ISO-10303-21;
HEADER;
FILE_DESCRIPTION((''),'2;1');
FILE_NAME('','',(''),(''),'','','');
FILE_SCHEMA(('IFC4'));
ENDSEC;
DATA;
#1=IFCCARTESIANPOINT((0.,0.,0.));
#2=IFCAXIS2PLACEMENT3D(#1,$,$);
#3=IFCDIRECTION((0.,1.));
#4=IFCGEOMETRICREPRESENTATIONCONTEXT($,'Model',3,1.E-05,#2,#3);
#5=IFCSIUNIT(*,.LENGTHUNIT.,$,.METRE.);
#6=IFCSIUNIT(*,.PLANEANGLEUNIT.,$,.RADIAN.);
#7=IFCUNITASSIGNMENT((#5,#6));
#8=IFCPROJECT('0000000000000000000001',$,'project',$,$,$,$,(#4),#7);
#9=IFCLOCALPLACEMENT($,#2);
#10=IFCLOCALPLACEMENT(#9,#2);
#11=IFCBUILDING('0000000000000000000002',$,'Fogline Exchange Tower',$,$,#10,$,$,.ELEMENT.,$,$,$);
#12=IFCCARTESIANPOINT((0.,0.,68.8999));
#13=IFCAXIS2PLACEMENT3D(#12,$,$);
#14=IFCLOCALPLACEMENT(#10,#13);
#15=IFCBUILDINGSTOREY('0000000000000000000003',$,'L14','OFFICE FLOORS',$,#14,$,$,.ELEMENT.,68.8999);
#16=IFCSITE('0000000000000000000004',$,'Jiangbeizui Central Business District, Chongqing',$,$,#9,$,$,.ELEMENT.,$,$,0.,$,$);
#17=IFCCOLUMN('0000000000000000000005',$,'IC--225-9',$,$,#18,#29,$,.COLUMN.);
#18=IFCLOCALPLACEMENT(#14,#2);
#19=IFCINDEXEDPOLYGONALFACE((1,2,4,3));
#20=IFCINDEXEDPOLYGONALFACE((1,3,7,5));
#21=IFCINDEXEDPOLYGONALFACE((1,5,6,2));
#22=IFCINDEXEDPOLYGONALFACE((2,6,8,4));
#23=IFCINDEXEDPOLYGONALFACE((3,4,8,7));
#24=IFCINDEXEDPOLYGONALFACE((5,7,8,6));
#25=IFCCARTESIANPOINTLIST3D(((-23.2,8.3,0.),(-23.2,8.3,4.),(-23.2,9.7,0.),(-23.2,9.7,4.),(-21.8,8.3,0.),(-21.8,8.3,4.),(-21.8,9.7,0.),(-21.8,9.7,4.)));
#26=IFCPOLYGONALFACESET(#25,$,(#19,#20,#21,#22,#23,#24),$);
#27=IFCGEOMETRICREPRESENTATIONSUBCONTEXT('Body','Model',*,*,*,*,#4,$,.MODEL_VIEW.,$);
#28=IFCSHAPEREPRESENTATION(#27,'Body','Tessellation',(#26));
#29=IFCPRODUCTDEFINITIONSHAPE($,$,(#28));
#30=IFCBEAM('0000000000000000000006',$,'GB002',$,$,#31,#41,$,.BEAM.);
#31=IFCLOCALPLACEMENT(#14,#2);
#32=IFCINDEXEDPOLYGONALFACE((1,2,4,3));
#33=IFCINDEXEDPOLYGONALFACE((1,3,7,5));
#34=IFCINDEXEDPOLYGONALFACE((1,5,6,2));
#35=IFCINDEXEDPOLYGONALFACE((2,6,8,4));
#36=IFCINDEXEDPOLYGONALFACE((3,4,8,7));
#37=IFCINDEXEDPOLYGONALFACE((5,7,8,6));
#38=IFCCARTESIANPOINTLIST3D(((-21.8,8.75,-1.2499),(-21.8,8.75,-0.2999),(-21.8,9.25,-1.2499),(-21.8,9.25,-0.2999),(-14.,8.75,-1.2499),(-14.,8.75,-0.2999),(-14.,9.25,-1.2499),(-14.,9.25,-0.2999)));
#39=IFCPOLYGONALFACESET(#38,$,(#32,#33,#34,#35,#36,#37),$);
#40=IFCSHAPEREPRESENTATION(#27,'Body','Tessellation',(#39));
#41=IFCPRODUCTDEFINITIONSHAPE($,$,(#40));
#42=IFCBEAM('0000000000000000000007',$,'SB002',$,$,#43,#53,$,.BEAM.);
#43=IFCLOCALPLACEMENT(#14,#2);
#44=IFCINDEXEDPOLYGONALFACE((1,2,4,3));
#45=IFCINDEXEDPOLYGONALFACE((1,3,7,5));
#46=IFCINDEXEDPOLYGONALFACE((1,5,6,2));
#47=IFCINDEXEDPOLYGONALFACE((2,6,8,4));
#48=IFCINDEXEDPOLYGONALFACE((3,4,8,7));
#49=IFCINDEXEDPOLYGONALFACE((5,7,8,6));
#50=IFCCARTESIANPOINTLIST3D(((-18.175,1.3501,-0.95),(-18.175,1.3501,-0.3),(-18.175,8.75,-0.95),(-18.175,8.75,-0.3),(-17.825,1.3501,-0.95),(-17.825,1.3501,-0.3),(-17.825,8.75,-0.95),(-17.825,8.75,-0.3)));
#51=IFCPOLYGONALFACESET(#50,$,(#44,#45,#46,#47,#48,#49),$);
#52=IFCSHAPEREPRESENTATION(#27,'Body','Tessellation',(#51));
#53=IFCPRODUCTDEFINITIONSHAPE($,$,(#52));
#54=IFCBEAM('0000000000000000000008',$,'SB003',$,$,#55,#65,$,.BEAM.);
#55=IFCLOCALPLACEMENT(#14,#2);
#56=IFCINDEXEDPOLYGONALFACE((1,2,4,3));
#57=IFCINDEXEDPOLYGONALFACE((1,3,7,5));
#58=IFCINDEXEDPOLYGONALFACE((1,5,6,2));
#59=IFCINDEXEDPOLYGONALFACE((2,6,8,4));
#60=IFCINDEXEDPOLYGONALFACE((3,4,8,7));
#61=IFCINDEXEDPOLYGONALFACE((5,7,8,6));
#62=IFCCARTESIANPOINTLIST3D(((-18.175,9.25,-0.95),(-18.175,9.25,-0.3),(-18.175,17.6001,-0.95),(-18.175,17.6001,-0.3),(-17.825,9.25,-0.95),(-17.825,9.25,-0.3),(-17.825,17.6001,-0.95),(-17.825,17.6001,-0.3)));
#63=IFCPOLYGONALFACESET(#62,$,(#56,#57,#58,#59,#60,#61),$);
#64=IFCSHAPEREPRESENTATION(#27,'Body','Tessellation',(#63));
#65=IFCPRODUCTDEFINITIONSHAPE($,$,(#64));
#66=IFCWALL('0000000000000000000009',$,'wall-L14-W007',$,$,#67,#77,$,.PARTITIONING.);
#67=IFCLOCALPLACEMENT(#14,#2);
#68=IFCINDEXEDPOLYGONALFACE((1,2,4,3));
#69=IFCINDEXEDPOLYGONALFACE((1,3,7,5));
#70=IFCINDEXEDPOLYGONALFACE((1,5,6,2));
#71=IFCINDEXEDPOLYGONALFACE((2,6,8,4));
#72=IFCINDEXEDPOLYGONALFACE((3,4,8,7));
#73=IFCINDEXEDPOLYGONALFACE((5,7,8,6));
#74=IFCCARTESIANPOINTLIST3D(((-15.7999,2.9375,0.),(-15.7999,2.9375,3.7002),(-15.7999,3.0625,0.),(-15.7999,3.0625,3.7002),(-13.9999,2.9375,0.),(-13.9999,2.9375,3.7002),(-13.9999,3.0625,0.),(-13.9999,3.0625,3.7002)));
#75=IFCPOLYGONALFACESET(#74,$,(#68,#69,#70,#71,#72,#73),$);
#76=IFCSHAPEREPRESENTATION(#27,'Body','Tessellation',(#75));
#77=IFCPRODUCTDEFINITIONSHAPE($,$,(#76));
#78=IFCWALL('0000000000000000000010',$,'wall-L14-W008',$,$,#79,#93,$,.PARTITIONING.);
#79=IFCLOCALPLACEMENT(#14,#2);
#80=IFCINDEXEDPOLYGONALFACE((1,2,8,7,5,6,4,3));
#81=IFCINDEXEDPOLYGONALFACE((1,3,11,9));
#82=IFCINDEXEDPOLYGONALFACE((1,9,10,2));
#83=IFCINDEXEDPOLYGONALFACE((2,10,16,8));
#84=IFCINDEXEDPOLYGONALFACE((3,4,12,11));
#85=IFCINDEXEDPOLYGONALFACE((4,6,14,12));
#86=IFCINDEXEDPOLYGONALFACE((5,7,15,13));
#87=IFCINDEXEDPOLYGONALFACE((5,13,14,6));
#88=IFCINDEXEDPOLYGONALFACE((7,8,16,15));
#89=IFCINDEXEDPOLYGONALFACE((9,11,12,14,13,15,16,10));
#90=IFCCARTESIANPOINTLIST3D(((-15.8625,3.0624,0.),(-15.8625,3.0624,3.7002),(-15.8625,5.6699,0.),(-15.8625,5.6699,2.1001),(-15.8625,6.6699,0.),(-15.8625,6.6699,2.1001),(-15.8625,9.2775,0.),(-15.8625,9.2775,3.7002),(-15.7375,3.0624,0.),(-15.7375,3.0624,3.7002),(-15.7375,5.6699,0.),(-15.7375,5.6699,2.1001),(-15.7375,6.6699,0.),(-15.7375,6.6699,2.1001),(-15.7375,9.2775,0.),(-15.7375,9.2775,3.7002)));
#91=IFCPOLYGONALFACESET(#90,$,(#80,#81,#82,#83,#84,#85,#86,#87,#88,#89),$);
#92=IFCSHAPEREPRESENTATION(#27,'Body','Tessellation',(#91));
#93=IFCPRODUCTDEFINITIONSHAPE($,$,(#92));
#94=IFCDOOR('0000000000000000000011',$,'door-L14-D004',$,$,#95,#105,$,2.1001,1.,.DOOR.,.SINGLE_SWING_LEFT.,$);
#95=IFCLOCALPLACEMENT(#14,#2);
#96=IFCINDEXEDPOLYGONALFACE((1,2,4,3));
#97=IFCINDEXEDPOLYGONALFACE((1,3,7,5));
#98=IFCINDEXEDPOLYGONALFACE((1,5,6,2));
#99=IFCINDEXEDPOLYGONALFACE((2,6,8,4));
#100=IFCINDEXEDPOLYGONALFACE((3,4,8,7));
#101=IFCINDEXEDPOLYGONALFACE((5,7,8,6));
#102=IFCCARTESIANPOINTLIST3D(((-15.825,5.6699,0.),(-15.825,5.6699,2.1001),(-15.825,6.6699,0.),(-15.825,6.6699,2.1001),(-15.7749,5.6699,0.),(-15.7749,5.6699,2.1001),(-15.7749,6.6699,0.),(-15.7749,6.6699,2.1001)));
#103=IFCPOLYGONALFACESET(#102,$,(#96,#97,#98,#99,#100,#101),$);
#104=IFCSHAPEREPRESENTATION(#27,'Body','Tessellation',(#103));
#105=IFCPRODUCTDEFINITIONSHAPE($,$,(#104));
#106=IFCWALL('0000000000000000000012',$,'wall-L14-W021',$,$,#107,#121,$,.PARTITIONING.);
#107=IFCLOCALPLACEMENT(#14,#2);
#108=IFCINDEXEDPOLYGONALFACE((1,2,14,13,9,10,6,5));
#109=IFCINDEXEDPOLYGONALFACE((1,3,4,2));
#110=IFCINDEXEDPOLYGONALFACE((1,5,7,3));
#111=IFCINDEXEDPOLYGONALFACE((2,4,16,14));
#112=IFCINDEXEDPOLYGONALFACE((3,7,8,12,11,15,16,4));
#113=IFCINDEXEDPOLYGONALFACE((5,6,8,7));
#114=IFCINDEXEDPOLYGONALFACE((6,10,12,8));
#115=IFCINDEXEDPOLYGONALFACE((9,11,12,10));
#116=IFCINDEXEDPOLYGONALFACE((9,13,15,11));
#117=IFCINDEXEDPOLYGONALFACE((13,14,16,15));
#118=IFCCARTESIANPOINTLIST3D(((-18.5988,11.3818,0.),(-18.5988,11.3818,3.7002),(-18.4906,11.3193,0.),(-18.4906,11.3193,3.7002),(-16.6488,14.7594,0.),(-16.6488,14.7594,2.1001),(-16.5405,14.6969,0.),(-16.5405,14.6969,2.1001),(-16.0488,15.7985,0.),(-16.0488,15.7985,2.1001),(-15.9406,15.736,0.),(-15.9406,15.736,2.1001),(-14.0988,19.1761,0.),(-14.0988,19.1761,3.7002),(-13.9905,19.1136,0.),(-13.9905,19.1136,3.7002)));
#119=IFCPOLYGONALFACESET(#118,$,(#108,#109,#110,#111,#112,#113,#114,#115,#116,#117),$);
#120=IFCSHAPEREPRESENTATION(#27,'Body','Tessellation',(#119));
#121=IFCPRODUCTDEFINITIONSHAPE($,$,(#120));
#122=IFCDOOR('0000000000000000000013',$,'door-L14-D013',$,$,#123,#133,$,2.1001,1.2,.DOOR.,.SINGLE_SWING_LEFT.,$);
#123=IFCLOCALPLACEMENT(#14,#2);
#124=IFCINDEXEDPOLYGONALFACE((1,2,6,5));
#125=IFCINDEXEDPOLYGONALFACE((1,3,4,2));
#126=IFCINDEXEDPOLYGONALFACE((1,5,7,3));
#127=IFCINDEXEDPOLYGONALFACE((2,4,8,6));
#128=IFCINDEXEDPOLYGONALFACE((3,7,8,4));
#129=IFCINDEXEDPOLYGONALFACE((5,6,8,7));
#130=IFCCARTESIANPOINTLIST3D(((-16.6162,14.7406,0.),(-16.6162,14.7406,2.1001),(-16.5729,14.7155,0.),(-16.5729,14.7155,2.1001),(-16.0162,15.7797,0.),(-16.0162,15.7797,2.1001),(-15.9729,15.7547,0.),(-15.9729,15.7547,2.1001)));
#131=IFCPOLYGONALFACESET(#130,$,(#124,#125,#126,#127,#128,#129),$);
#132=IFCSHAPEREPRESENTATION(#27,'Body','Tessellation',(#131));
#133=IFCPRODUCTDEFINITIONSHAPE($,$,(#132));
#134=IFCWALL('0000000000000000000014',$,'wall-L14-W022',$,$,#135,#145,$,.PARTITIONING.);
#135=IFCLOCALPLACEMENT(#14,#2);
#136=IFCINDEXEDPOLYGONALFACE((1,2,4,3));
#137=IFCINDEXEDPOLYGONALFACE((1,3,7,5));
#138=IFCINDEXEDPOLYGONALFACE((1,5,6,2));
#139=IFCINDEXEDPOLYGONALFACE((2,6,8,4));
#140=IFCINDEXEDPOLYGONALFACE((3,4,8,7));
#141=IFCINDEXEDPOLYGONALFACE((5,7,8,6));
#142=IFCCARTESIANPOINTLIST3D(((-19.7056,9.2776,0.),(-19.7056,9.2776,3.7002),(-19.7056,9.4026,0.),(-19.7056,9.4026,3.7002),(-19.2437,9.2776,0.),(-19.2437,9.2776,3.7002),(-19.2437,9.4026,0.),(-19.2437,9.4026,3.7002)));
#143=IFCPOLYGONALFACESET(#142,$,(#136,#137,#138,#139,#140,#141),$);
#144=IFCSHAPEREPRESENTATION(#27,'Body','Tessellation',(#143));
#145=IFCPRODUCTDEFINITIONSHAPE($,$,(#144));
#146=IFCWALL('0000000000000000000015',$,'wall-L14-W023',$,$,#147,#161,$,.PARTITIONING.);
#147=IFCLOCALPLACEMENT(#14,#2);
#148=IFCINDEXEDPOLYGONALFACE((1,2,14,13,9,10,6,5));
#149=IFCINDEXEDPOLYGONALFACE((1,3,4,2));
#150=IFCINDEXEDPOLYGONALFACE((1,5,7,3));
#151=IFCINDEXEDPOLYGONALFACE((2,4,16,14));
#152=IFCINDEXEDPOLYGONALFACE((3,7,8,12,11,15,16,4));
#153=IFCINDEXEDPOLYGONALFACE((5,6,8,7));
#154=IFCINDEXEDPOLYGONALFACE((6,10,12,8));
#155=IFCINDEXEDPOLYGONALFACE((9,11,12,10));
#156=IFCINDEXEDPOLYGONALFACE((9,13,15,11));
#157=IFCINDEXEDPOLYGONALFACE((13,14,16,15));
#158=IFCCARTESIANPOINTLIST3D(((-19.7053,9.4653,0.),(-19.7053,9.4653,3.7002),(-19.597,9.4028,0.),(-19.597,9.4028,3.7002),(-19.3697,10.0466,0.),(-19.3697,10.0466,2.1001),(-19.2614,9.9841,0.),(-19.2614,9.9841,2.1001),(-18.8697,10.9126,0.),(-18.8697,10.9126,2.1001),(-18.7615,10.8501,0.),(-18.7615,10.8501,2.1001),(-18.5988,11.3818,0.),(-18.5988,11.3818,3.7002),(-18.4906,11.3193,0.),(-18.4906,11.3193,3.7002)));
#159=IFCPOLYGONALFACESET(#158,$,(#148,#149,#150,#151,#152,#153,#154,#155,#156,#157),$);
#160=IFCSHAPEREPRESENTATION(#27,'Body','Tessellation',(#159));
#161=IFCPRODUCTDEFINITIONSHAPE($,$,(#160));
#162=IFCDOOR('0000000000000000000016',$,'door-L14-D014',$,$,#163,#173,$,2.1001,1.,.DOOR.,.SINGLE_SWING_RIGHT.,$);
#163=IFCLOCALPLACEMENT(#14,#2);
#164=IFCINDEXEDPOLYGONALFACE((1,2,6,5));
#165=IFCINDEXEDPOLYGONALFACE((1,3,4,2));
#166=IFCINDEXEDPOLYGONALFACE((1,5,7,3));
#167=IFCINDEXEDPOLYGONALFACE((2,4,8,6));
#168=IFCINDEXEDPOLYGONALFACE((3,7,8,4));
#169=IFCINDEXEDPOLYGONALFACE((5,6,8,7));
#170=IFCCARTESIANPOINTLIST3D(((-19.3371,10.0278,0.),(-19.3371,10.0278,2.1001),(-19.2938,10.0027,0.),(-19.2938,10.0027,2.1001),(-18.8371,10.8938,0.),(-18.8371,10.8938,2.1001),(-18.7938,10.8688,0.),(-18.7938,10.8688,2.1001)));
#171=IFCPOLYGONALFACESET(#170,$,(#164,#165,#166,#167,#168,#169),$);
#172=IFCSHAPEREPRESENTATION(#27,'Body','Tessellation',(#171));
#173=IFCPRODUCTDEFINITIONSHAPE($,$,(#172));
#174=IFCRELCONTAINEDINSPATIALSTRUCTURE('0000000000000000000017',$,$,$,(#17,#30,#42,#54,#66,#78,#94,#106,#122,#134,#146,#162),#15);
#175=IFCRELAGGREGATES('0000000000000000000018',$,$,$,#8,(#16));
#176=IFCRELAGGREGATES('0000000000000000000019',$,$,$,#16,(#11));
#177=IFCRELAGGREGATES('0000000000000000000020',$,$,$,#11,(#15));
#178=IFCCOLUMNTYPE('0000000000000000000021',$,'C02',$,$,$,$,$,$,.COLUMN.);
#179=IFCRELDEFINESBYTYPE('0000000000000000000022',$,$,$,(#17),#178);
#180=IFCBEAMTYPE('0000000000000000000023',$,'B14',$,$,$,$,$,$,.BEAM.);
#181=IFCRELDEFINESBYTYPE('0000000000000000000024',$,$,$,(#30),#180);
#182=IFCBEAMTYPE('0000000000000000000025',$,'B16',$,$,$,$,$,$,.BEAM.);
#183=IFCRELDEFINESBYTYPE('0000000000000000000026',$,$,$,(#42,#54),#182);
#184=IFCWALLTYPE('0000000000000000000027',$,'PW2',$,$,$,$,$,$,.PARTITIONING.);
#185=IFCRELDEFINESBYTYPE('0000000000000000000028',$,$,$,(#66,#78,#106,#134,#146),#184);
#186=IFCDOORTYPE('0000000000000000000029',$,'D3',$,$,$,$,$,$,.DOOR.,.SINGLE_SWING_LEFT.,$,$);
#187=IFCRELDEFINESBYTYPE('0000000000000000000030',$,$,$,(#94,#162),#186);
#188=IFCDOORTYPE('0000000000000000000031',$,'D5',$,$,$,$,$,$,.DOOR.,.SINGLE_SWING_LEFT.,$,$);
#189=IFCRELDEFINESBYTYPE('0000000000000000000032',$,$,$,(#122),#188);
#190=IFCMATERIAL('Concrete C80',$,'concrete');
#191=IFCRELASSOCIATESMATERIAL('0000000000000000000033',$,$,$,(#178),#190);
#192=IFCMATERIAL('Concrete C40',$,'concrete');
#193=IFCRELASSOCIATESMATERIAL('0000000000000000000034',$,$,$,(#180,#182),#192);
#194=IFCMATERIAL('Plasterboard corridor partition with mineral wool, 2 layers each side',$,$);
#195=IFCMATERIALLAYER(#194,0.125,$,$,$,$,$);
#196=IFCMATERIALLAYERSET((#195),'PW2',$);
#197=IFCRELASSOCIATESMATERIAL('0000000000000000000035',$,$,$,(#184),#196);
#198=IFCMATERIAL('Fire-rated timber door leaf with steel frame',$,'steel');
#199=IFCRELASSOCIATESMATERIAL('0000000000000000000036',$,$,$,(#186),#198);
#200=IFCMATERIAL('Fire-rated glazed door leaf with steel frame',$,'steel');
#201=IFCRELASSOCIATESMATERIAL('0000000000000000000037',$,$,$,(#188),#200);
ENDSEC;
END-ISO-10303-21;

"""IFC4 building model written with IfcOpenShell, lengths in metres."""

from ifc_helpers import new_model, si_unit, direction, frame, frame_2d, origin, origin_2d, place, context, subcontext, project, spatial, rectangle, extrude, material, layer, layer_set, material_profile, profile_set, type_object, element, fill, save


model = new_model("IFC4")

# Units and contexts
model_context = context("Model", 3, precision=1e-05, world=origin(), true_north=direction((0.0, 1.0)))
body_context = subcontext(model_context, "Body", "Model", "MODEL_VIEW")
ifc_project = project(units=[si_unit("LENGTHUNIT", "METRE"), si_unit("PLANEANGLEUNIT", "RADIAN")], contexts=[model_context])

# Site, building, storey
site_placement = place(None, origin())
site = spatial("IfcSite", under=ifc_project, at=site_placement, Name="Jiangbeizui Central Business District, Chongqing", CompositionType="ELEMENT", RefElevation=0.0)
building_placement = place(site_placement, origin())
building = spatial("IfcBuilding", under=site, at=building_placement, Name="Fogline Exchange Tower", CompositionType="ELEMENT")
storey_placement = place(building_placement, frame((0.0, 0.0, 68.8999)))
storey = spatial("IfcBuildingStorey", under=building, at=storey_placement, Name="L14", Description="OFFICE FLOORS", CompositionType="ELEMENT", Elevation=68.8999)

# Column
ifc_material_1 = material(Name="Concrete C80", Category="concrete")
ifc_material_profile_1 = material_profile(ifc_material_1, rectangle(XDim=1.3999, YDim=1.3999, at=origin_2d()), Name="RC 1400x1400")
ifc_profile_set_1 = profile_set([ifc_material_profile_1], Name="Concrete C80")
column_type = type_object("IfcColumnType", Name="C02", PredefinedType="COLUMN", material=ifc_profile_set_1)
column_placement = place(storey_placement, frame((-22.5, 9.0, 0.0), z_axis=(0.0, 0.0, 1.0), x_axis=(1.0, 0.0, 0.0)))
element("IfcColumn", 1, at=column_placement, inside=storey, type_object=column_type, Name="IC--225-9", PredefinedType="COLUMN", context=body_context, shape_type="SweptSolid", body=[
    extrude(rectangle(XDim=1.3999, YDim=1.3999, at=origin_2d()), origin(), (0.0, 0.0, 1.0), 4.0),
])

# Beams
ifc_material_2 = material(Name="Concrete C40", Category="concrete")
ifc_material_profile_2 = material_profile(ifc_material_2, rectangle(XDim=0.5, YDim=0.95, at=origin_2d()), Name="RC 500x950")
ifc_profile_set_2 = profile_set([ifc_material_profile_2], Name="Concrete C40")
beam_type_1 = type_object("IfcBeamType", Name="B14", PredefinedType="BEAM", material=ifc_profile_set_2)
beam_1_placement = place(storey_placement, frame((-21.8, 9.0, -0.7749), z_axis=(1.0, 0.0, 0.0), x_axis=(0.0, 1.0, 0.0)))
element("IfcBeam", 2, at=beam_1_placement, inside=storey, type_object=beam_type_1, Name="GB002", PredefinedType="BEAM", context=body_context, shape_type="SweptSolid", body=[
    extrude(rectangle(XDim=0.5, YDim=0.95, at=origin_2d()), origin(), (0.0, 0.0, 1.0), 7.8),
])
ifc_material_profile_3 = material_profile(ifc_material_2, rectangle(XDim=0.3501, YDim=0.6499, at=origin_2d()), Name="RC 350x650")
ifc_profile_set_3 = profile_set([ifc_material_profile_3], Name="Concrete C40")
beam_type_2 = type_object("IfcBeamType", Name="B16", PredefinedType="BEAM", material=ifc_profile_set_3)
beam_2_placement = place(storey_placement, frame((-18.0, 1.3501, -0.625), z_axis=(0.0, 1.0, 0.0), x_axis=(-1.0, 0.0, 0.0)))
element("IfcBeam", 3, at=beam_2_placement, inside=storey, type_object=beam_type_2, Name="SB002", PredefinedType="BEAM", context=body_context, shape_type="SweptSolid", body=[
    extrude(rectangle(XDim=0.3501, YDim=0.6499, at=origin_2d()), origin(), (0.0, 0.0, 1.0), 7.3999),
])
beam_3_placement = place(storey_placement, frame((-18.0, 9.25, -0.625), z_axis=(0.0, 1.0, 0.0), x_axis=(-1.0, 0.0, 0.0)))
element("IfcBeam", 4, at=beam_3_placement, inside=storey, type_object=beam_type_2, Name="SB003", PredefinedType="BEAM", context=body_context, shape_type="SweptSolid", body=[
    extrude(rectangle(XDim=0.3501, YDim=0.6499, at=origin_2d()), origin(), (0.0, 0.0, 1.0), 8.3501),
])

# Wall
ifc_material_3 = material(Name="Plasterboard corridor partition with mineral wool, 2 layers each side")
ifc_layer_1 = layer(ifc_material_3, 0.125)
ifc_layer_set_1 = layer_set([ifc_layer_1], Name="PW2")
wall_type_1 = type_object("IfcWallType", Name="PW2", PredefinedType="PARTITIONING", material=ifc_layer_set_1)
wall_1_placement = place(storey_placement, frame((-14.0, 3.0, 0.0), z_axis=(0.0, 0.0, 1.0), x_axis=(-1.0, 0.0, 0.0)))
element("IfcWall", 5, at=wall_1_placement, inside=storey, type_object=wall_type_1, Name="wall-L14-W007", PredefinedType="PARTITIONING", context=body_context, shape_type="SweptSolid", body=[
    extrude(rectangle(XDim=1.8, YDim=0.125, at=frame_2d((0.8999, 0.0))), origin(), (0.0, 0.0, 1.0), 3.7002),
])

# Walls, openings, doors
wall_2_placement = place(storey_placement, frame((-15.8, 3.0625, 0.0), z_axis=(0.0, 0.0, 1.0), x_axis=(0.0, 1.0, 0.0)))
wall_2 = element("IfcWall", 6, at=wall_2_placement, inside=storey, type_object=wall_type_1, Name="wall-L14-W008", PredefinedType="PARTITIONING", context=body_context, shape_type="SweptSolid", body=[
    extrude(rectangle(XDim=6.2151, YDim=0.125, at=frame_2d((3.1074, 0.0))), origin(), (0.0, 0.0, 1.0), 3.7002),
])
opening_1_placement = place(wall_2_placement, frame((2.6074, 0.0, 0.0)))
opening_1 = element("IfcOpeningElement", 7, at=opening_1_placement, cuts=wall_2, PredefinedType="OPENING", context=body_context, shape_type="SweptSolid", body=[
    extrude(rectangle(XDim=1.0, YDim=2.1001, at=frame_2d((0.5, 1.05))), frame((0.0, 0.0725, 0.0), z_axis=(0.0, -1.0, 0.0), x_axis=(1.0, 0.0, 0.0)), (0.0, 0.0, 1.0), 0.145),
])
ifc_material_4 = material(Name="Fire-rated timber door leaf with steel frame", Category="steel")
door_type_1 = type_object("IfcDoorType", Name="D3", OperationType="SINGLE_SWING_LEFT", PredefinedType="DOOR", material=ifc_material_4)
door_1_placement = place(opening_1_placement, origin())
door_1 = element("IfcDoor", 8, at=door_1_placement, inside=storey, type_object=door_type_1, Name="door-L14-D004", OperationType="SINGLE_SWING_LEFT", OverallHeight=2.1001, OverallWidth=1.0, PredefinedType="DOOR", context=body_context, shape_type="SweptSolid", body=[
    extrude(rectangle(XDim=1.0, YDim=2.1001, at=frame_2d((0.5, 1.05))), frame((0.0, 0.0249, 0.0), z_axis=(0.0, -1.0, 0.0), x_axis=(1.0, 0.0, 0.0)), (0.0, 0.0, 1.0), 0.05),
])
fill(opening_1, door_1)
wall_3_placement = place(storey_placement, frame((-18.5447, 11.3506, 0.0), z_axis=(0.0, 0.0, 1.0), x_axis=(0.500002, 0.866024, 0.0)))
wall_3 = element("IfcWall", 9, at=wall_3_placement, inside=storey, type_object=wall_type_1, Name="wall-L14-W021", PredefinedType="PARTITIONING", context=body_context, shape_type="SweptSolid", body=[
    extrude(rectangle(XDim=9.0, YDim=0.125, at=frame_2d((4.5, 0.0))), origin(), (0.0, 0.0, 1.0), 3.7002),
])
opening_2_placement = place(wall_3_placement, frame((3.8999, 0.0, 0.0)))
opening_2 = element("IfcOpeningElement", 10, at=opening_2_placement, cuts=wall_3, PredefinedType="OPENING", context=body_context, shape_type="SweptSolid", body=[
    extrude(rectangle(XDim=1.2, YDim=2.1001, at=frame_2d((0.6001, 1.05))), frame((0.0, 0.0725, 0.0), z_axis=(0.0, -1.0, 0.0), x_axis=(1.0, 0.0, 0.0)), (0.0, 0.0, 1.0), 0.145),
])
ifc_material_5 = material(Name="Fire-rated glazed door leaf with steel frame", Category="steel")
door_type_2 = type_object("IfcDoorType", Name="D5", OperationType="SINGLE_SWING_LEFT", PredefinedType="DOOR", material=ifc_material_5)
door_2_placement = place(opening_2_placement, origin())
door_2 = element("IfcDoor", 11, at=door_2_placement, inside=storey, type_object=door_type_2, Name="door-L14-D013", OperationType="SINGLE_SWING_LEFT", OverallHeight=2.1001, OverallWidth=1.2, PredefinedType="DOOR", context=body_context, shape_type="SweptSolid", body=[
    extrude(rectangle(XDim=1.2, YDim=2.1001, at=frame_2d((0.6001, 1.05))), frame((0.0, 0.0249, 0.0), z_axis=(0.0, -1.0, 0.0), x_axis=(1.0, 0.0, 0.0)), (0.0, 0.0, 1.0), 0.05),
])
fill(opening_2, door_2)

# Wall
wall_4_placement = place(storey_placement, frame((-19.2437, 9.3401, 0.0), z_axis=(0.0, 0.0, 1.0), x_axis=(-1.0, 0.0, 0.0)))
element("IfcWall", 12, at=wall_4_placement, inside=storey, type_object=wall_type_1, Name="wall-L14-W022", PredefinedType="PARTITIONING", context=body_context, shape_type="SweptSolid", body=[
    extrude(rectangle(XDim=0.4619, YDim=0.125, at=frame_2d((0.231, 0.0))), origin(), (0.0, 0.0, 1.0), 3.7002),
])

# Wall, opening, door
wall_5_placement = place(storey_placement, frame((-19.6511, 9.4341, 0.0), z_axis=(0.0, 0.0, 1.0), x_axis=(0.499983, 0.866035, 0.0)))
wall_5 = element("IfcWall", 13, at=wall_5_placement, inside=storey, type_object=wall_type_1, Name="wall-L14-W023", PredefinedType="PARTITIONING", context=body_context, shape_type="SweptSolid", body=[
    extrude(rectangle(XDim=2.2129, YDim=0.125, at=frame_2d((1.1064, 0.0))), origin(), (0.0, 0.0, 1.0), 3.7002),
])
opening_3_placement = place(wall_5_placement, frame((0.6711, 0.0, 0.0)))
opening_3 = element("IfcOpeningElement", 14, at=opening_3_placement, cuts=wall_5, PredefinedType="OPENING", context=body_context, shape_type="SweptSolid", body=[
    extrude(rectangle(XDim=1.0, YDim=2.1001, at=frame_2d((0.5, 1.05))), frame((0.0, 0.0725, 0.0), z_axis=(0.0, -1.0, 0.0), x_axis=(1.0, 0.0, 0.0)), (0.0, 0.0, 1.0), 0.145),
])
door_3_placement = place(opening_3_placement, origin())
door_3 = element("IfcDoor", 15, at=door_3_placement, inside=storey, type_object=door_type_1, Name="door-L14-D014", OperationType="SINGLE_SWING_RIGHT", OverallHeight=2.1001, OverallWidth=1.0, PredefinedType="DOOR", context=body_context, shape_type="SweptSolid", body=[
    extrude(rectangle(XDim=1.0, YDim=2.1001, at=frame_2d((0.5, 1.05))), frame((0.0, 0.0249, 0.0), z_axis=(0.0, -1.0, 0.0), x_axis=(1.0, 0.0, 0.0)), (0.0, 0.0, 1.0), 0.05),
])
fill(opening_3, door_3)

save(model, "model.ifc")
